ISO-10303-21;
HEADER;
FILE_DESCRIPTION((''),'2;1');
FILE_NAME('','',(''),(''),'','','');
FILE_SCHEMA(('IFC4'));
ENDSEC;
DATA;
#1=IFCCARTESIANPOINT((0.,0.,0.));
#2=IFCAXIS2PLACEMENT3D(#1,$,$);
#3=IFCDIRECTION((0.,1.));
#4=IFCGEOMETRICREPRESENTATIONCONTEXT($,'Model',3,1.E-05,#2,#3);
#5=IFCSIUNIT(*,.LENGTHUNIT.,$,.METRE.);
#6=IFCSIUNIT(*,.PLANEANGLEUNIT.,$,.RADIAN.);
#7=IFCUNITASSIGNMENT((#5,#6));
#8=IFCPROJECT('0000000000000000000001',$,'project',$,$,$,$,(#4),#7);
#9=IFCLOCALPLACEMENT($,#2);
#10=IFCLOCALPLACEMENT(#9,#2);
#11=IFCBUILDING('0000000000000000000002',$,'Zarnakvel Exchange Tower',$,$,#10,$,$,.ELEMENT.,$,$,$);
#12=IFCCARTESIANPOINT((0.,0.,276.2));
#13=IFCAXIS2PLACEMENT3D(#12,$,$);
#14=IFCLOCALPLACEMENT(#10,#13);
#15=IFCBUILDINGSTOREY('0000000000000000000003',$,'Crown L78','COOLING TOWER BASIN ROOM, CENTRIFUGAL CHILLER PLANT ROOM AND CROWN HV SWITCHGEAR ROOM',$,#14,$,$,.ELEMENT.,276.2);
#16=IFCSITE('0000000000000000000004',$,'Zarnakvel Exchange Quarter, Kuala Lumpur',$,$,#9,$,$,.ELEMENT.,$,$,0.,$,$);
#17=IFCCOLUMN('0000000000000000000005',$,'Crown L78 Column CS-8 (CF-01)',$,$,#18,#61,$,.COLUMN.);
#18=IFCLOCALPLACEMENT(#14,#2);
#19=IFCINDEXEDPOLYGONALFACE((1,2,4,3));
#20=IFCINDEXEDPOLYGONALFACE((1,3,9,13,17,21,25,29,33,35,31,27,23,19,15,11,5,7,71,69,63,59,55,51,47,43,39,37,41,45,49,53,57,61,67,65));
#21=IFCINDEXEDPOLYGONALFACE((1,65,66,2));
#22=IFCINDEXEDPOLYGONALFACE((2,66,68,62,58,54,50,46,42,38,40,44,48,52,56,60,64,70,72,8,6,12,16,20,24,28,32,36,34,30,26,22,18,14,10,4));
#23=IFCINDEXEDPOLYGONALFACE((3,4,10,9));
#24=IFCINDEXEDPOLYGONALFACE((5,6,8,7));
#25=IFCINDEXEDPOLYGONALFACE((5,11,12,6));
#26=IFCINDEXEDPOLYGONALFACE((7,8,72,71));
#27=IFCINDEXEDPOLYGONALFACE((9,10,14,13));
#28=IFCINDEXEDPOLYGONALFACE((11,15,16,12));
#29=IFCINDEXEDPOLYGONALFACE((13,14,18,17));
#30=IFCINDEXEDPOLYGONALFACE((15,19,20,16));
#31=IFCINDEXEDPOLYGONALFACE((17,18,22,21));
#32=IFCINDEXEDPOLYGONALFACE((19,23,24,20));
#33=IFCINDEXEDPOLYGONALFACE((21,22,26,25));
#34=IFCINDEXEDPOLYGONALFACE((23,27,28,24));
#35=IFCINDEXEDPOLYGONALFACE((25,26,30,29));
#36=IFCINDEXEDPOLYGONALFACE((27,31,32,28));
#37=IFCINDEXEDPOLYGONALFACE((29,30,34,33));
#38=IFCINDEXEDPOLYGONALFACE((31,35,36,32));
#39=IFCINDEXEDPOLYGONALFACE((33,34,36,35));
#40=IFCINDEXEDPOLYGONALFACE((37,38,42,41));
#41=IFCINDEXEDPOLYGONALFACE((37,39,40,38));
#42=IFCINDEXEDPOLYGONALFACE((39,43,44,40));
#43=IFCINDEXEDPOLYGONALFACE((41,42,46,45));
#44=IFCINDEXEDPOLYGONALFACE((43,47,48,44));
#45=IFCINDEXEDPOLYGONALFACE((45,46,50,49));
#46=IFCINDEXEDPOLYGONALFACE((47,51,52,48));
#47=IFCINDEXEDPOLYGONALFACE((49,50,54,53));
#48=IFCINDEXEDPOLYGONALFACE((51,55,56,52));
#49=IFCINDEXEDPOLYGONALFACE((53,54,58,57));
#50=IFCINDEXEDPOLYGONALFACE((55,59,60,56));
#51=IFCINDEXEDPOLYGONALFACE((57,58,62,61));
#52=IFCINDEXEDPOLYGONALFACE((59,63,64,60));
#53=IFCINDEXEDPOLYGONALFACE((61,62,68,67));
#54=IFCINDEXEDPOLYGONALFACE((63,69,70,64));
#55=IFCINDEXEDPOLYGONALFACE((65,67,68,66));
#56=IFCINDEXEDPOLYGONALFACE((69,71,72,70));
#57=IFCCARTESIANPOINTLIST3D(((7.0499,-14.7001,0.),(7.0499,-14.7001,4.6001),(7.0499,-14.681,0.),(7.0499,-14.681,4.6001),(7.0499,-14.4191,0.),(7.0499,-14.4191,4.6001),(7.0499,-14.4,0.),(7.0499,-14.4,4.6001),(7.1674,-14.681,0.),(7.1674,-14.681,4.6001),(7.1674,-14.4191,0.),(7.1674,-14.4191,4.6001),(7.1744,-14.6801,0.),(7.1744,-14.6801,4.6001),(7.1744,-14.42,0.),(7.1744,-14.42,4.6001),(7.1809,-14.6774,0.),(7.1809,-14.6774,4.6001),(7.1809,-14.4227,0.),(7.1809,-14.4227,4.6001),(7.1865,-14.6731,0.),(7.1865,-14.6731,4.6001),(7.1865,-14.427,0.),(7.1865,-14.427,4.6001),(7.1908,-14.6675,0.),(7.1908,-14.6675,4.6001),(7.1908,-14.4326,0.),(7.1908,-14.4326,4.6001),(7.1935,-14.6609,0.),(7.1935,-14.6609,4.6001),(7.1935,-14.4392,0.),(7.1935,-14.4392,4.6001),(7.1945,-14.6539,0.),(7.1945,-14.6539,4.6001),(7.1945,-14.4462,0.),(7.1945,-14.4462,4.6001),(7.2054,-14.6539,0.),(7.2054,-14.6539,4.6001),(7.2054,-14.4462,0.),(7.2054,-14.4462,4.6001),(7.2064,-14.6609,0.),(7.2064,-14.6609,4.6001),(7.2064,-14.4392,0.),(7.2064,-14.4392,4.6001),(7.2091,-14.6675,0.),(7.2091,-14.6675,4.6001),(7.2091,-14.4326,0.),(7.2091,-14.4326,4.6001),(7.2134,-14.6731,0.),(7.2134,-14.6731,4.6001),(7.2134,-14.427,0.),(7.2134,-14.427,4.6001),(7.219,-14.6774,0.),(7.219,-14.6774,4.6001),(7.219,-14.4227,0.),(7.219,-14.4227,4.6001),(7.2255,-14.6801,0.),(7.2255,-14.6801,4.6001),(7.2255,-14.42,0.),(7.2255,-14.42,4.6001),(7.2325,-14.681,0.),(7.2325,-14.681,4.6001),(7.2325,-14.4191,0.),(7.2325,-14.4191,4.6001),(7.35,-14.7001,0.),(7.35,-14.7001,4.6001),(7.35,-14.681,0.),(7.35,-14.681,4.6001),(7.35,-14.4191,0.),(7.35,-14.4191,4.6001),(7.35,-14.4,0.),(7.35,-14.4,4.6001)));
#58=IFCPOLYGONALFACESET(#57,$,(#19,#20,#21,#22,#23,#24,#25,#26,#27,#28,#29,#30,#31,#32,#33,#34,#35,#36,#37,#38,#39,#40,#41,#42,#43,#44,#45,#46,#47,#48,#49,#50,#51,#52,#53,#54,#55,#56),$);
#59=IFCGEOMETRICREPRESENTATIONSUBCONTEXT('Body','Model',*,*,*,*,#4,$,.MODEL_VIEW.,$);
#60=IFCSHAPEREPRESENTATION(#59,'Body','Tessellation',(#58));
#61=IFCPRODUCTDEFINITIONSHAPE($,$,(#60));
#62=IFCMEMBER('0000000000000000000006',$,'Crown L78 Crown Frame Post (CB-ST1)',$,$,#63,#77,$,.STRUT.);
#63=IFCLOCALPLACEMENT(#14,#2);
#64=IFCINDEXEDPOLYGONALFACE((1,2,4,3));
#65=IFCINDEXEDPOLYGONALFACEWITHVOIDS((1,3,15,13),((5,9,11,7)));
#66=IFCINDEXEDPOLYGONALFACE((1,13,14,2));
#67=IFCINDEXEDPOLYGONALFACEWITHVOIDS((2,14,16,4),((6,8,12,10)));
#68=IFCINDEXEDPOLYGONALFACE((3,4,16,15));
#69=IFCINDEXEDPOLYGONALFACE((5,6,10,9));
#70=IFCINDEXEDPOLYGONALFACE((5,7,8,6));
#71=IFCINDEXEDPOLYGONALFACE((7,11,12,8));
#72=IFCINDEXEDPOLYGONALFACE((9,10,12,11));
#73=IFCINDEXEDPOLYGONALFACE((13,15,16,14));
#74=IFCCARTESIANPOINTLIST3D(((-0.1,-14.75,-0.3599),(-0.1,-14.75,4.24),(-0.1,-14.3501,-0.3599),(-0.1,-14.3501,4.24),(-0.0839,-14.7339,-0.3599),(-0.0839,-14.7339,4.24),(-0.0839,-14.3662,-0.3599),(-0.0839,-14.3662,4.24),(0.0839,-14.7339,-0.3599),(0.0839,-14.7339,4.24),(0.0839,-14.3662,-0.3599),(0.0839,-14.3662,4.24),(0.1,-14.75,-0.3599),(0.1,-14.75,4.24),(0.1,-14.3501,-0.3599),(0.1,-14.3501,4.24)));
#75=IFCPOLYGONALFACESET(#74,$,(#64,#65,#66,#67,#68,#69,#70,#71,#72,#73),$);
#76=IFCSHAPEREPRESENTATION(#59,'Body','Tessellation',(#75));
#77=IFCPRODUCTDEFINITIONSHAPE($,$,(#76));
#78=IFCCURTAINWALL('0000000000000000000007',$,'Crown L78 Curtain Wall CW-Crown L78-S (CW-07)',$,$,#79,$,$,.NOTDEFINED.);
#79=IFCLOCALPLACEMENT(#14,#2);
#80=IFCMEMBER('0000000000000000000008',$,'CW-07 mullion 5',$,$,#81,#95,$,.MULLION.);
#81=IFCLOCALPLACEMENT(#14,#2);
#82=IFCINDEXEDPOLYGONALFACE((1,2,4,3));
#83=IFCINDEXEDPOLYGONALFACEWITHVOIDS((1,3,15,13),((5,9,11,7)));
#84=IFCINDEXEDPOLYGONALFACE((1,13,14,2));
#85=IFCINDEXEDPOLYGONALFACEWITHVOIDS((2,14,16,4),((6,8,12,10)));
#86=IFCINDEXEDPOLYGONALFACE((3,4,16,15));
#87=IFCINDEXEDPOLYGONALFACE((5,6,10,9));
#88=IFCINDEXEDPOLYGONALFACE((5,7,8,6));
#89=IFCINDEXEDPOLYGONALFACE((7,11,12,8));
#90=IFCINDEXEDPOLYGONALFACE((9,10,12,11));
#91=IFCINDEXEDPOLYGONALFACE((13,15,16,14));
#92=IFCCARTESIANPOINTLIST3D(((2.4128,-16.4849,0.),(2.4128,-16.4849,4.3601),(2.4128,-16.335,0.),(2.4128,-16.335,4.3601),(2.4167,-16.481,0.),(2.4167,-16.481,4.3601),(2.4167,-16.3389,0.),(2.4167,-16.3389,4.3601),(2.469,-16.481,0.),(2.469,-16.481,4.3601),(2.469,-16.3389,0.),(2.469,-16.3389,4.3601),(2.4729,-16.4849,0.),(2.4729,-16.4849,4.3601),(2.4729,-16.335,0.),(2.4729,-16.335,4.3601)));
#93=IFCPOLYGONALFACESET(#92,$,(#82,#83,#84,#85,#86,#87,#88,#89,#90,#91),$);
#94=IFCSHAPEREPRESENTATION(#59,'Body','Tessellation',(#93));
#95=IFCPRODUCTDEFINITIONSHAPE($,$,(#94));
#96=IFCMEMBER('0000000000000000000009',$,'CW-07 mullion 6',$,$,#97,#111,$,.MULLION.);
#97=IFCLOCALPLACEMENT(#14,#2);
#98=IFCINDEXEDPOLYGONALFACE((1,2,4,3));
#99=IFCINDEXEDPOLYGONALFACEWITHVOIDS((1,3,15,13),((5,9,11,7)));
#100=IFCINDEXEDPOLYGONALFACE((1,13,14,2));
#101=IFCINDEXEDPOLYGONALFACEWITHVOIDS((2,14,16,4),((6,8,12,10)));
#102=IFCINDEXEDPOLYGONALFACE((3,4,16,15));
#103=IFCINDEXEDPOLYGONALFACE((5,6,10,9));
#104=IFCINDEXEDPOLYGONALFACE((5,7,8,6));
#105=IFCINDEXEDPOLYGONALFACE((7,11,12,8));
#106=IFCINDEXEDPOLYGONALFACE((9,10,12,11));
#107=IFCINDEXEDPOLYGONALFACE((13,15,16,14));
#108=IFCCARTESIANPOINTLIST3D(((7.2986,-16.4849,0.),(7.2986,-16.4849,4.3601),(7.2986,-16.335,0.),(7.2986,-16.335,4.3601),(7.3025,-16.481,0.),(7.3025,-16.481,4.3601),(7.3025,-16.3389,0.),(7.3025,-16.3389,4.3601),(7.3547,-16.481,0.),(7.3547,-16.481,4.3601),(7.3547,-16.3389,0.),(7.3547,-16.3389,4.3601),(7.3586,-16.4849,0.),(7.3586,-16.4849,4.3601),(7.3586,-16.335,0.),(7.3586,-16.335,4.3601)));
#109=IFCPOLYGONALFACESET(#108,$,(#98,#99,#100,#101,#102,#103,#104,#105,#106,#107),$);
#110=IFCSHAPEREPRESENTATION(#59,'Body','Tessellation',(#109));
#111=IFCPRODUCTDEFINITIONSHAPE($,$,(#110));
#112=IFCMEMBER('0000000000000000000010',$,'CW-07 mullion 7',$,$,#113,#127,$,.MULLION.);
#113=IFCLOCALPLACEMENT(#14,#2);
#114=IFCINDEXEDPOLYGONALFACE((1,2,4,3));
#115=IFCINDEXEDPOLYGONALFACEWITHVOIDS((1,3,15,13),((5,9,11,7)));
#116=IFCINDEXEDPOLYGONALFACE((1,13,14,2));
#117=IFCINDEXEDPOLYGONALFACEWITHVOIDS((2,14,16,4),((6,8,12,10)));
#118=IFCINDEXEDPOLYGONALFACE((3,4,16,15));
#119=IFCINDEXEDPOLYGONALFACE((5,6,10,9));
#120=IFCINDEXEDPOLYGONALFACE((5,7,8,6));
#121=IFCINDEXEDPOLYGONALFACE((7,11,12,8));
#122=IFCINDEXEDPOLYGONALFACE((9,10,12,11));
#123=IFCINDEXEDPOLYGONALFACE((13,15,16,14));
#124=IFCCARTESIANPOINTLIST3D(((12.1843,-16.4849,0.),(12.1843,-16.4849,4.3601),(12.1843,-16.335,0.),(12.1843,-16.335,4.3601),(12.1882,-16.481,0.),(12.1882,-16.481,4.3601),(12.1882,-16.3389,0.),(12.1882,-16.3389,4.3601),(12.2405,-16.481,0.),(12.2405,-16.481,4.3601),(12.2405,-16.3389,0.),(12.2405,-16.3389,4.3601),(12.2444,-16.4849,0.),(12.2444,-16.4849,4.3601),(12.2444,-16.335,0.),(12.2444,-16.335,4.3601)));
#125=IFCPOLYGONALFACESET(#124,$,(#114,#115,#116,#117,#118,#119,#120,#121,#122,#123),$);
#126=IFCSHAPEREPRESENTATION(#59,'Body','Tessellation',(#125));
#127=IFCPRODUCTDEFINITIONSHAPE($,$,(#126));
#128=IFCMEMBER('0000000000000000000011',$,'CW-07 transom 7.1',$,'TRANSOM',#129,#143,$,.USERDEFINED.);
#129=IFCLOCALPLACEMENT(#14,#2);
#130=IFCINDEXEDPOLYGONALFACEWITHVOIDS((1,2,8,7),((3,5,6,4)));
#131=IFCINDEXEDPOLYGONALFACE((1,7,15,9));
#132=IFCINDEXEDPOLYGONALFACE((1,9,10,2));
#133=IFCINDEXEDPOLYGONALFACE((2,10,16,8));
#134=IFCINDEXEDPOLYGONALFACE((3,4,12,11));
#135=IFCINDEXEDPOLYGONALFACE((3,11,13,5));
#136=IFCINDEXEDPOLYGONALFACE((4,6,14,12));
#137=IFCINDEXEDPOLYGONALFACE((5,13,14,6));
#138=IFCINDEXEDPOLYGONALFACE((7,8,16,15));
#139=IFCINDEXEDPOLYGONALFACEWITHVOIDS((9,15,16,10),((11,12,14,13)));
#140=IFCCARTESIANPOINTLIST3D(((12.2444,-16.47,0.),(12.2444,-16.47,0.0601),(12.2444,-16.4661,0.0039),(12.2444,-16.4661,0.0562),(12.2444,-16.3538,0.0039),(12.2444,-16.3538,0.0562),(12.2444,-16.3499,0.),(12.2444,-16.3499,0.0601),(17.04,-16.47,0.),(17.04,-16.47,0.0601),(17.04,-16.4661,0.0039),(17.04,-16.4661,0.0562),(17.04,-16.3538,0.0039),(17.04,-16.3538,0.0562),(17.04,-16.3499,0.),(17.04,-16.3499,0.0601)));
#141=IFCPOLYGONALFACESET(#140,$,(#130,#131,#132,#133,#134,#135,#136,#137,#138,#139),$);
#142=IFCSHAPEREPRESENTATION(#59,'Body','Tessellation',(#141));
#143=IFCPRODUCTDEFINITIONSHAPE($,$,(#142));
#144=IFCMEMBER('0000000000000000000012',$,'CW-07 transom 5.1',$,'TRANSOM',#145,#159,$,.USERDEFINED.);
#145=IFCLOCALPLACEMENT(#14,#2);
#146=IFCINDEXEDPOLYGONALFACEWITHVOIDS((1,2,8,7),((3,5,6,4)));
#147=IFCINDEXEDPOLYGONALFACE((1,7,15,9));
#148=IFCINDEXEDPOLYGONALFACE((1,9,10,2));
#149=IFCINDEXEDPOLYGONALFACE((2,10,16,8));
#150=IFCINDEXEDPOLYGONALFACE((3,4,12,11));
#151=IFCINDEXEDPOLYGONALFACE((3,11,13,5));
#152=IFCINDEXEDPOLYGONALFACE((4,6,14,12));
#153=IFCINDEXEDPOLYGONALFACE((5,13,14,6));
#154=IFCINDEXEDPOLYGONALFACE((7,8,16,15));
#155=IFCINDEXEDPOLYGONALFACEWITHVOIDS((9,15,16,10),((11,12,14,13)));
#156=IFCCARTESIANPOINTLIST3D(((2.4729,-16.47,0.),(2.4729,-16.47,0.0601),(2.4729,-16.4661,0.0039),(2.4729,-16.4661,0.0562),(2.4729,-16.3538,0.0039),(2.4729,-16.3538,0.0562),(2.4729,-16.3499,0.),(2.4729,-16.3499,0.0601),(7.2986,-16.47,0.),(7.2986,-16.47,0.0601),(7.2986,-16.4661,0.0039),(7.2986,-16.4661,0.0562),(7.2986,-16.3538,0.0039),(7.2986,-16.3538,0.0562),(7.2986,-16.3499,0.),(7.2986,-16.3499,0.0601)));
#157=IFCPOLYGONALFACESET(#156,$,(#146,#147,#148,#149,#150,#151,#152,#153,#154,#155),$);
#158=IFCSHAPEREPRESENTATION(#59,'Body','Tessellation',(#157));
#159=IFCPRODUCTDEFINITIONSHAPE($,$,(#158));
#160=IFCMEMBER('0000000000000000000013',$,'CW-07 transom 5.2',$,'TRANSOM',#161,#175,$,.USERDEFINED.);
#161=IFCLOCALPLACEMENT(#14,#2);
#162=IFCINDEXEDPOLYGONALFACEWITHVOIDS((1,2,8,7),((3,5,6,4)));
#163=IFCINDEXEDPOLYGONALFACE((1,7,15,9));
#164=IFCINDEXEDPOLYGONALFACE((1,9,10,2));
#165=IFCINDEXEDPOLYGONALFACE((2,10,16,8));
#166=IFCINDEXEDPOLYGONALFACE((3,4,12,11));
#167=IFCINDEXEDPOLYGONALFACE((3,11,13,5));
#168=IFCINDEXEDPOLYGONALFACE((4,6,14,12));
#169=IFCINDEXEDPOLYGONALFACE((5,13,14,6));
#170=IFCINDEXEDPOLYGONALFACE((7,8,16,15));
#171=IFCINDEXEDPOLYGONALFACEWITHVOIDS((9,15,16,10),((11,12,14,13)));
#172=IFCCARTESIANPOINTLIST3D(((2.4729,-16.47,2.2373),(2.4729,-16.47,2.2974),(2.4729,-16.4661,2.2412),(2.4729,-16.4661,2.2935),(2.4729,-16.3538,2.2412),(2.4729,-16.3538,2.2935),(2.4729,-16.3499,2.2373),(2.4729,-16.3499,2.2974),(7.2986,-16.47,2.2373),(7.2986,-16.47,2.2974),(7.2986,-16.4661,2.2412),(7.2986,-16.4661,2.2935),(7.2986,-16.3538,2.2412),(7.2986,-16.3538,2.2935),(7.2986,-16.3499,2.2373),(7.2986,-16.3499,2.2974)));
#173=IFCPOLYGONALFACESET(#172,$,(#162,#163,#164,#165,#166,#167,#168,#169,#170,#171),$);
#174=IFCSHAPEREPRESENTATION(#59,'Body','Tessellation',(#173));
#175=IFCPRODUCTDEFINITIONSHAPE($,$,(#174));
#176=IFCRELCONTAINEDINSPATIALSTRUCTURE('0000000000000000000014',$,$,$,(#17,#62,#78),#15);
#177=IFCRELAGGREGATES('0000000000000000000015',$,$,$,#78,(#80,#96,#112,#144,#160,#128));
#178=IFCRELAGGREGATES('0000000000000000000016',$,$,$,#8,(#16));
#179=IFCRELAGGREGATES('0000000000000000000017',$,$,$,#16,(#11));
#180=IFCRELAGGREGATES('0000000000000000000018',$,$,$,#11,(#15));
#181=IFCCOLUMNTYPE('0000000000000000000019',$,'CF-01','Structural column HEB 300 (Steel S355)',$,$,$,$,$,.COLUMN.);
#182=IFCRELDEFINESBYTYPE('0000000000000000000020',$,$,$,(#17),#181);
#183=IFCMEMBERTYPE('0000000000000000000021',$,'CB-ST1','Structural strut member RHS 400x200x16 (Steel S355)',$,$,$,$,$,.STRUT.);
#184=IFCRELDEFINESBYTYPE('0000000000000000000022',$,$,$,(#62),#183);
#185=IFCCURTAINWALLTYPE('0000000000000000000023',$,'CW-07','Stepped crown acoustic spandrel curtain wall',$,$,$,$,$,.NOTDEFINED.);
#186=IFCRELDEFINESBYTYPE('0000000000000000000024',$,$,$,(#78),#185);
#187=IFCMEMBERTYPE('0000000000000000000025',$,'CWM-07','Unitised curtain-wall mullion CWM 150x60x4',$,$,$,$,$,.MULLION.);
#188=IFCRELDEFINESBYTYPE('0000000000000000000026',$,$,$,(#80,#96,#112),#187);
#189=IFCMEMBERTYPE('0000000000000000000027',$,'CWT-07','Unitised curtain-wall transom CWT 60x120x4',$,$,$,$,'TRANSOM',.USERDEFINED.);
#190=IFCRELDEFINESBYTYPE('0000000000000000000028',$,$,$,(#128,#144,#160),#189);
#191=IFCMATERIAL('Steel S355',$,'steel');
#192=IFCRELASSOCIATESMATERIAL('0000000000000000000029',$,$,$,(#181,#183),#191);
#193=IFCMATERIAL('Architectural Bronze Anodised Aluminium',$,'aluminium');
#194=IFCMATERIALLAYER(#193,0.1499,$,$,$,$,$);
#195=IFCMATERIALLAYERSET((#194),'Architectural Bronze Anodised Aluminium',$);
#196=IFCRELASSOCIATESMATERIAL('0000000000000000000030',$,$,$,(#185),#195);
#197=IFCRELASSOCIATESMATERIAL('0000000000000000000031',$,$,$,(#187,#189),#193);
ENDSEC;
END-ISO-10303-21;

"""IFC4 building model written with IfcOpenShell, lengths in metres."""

from ifc_helpers import new_model, si_unit, direction, frame, origin, origin_2d, place, context, subcontext, project, spatial, hollow_rectangle, i_section, extrude, source, transform, mapped, material, layer, layer_set, material_profile, profile_set, type_object, element, aggregate, save


model = new_model("IFC4")

# Units and contexts
model_context = context("Model", 3, precision=1e-05, world=origin(), true_north=direction((0.0, 1.0)))
body_context = subcontext(model_context, "Body", "Model", "MODEL_VIEW")
ifc_project = project(units=[si_unit("LENGTHUNIT", "METRE"), si_unit("PLANEANGLEUNIT", "RADIAN")], contexts=[model_context])

# Site, building, storey
site_placement = place(None, origin())
site = spatial("IfcSite", under=ifc_project, at=site_placement, Name="Zarnakvel Exchange Quarter, Kuala Lumpur", CompositionType="ELEMENT", RefElevation=0.0)
building_placement = place(site_placement, origin())
building = spatial("IfcBuilding", under=site, at=building_placement, Name="Zarnakvel Exchange Tower", CompositionType="ELEMENT")
storey_placement = place(building_placement, frame((0.0, 0.0, 276.2)))
storey = spatial("IfcBuildingStorey", under=building, at=storey_placement, Name="Crown L78", Description="COOLING TOWER BASIN ROOM, CENTRIFUGAL CHILLER PLANT ROOM AND CROWN HV SWITCHGEAR ROOM", CompositionType="ELEMENT", Elevation=276.2)

# Column
ifc_material_1 = material(Name="Steel S355", Category="steel")
ifc_material_profile_1 = material_profile(ifc_material_1, i_section(OverallWidth=0.3, OverallDepth=0.3, WebThickness=0.011, FlangeThickness=0.019, FilletRadius=0.0271, at=origin_2d()))
ifc_profile_set_1 = profile_set([ifc_material_profile_1], Name="Steel S355")
column_type = type_object("IfcColumnType", Name="CF-01", Description="Structural column HEB 300 (Steel S355)", PredefinedType="COLUMN", material=ifc_profile_set_1)
column_placement = place(storey_placement, frame((7.2, -14.55, 0.0), z_axis=(0.0, 0.0, 1.0), x_axis=(1.0, 0.0, 0.0)))
element("IfcColumn", 1, at=column_placement, inside=storey, type_object=column_type, Name="Crown L78 Column CS-8 (CF-01)", PredefinedType="COLUMN", context=body_context, shape_type="SweptSolid", body=[
    extrude(i_section(OverallWidth=0.3, OverallDepth=0.3, WebThickness=0.011, FlangeThickness=0.019, FilletRadius=0.0271, at=origin_2d()), origin(), (0.0, 0.0, 1.0), 4.6001),
])

# Member
ifc_material_profile_2 = material_profile(ifc_material_1, hollow_rectangle(XDim=0.2, YDim=0.3999, WallThickness=0.0161, at=origin_2d()))
ifc_profile_set_2 = profile_set([ifc_material_profile_2], Name="Steel S355")
member_type_1 = type_object("IfcMemberType", Name="CB-ST1", Description="Structural strut member RHS 400x200x16 (Steel S355)", PredefinedType="STRUT", material=ifc_profile_set_2)
shared_shape_1 = source(origin(), body_context, "Body", "SweptSolid", [
    extrude(hollow_rectangle(XDim=0.2, YDim=0.3999, WallThickness=0.0161, at=origin_2d()), origin(), (0.0, 0.0, 1.0), 4.5999),
])
member_1_placement = place(storey_placement, frame((0.0, -14.55, -0.3599), z_axis=(0.0, 0.0, 1.0), x_axis=(1.0, 0.0, 0.0)))
element("IfcMember", 2, at=member_1_placement, inside=storey, type_object=member_type_1, Name="Crown L78 Crown Frame Post (CB-ST1)", PredefinedType="STRUT", context=body_context, shape_type="MappedRepresentation", body=[
    mapped(shared_shape_1, transform((0.0, 0.0, 0.0), x_axis=(1.0, 0.0, 0.0), y_axis=(0.0, 1.0, 0.0), z_axis=(0.0, 0.0, 1.0), scale=1.0)),
])

# Curtain wall, members
ifc_material_2 = material(Name="Architectural Bronze Anodised Aluminium", Category="aluminium")
ifc_layer_1 = layer(ifc_material_2, 0.1499)
ifc_layer_set_1 = layer_set([ifc_layer_1], Name="Architectural Bronze Anodised Aluminium")
curtain_wall_type = type_object("IfcCurtainWallType", Name="CW-07", Description="Stepped crown acoustic spandrel curtain wall", PredefinedType="NOTDEFINED", material=ifc_layer_set_1)
curtain_wall_placement = place(storey_placement, origin())
curtain_wall = element("IfcCurtainWall", 3, at=curtain_wall_placement, inside=storey, type_object=curtain_wall_type, Name="Crown L78 Curtain Wall CW-Crown L78-S (CW-07)", PredefinedType="NOTDEFINED")
ifc_material_profile_3 = material_profile(ifc_material_2, hollow_rectangle(XDim=0.1499, YDim=0.0601, WallThickness=0.0039, at=origin_2d()))
ifc_profile_set_3 = profile_set([ifc_material_profile_3], Name="Architectural Bronze Anodised Aluminium")
member_type_2 = type_object("IfcMemberType", Name="CWM-07", Description="Unitised curtain-wall mullion CWM 150x60x4", PredefinedType="MULLION", material=ifc_profile_set_3)
shared_shape_2 = source(origin(), body_context, "Body", "SweptSolid", [
    extrude(hollow_rectangle(XDim=0.1499, YDim=0.0601, WallThickness=0.0039, at=origin_2d()), origin(), (0.0, 0.0, 1.0), 4.3601),
])
member_2_placement = place(storey_placement, frame((2.4429, -16.4099, 0.0), z_axis=(0.0, 0.0, 1.0), x_axis=(0.0, 1.0, 0.0)))
member_2 = element("IfcMember", 4, at=member_2_placement, type_object=member_type_2, Name="CW-07 mullion 5", PredefinedType="MULLION", context=body_context, shape_type="MappedRepresentation", body=[
    mapped(shared_shape_2, transform((0.0, 0.0, 0.0), x_axis=(1.0, 0.0, 0.0), y_axis=(0.0, 1.0, 0.0), z_axis=(0.0, 0.0, 1.0), scale=1.0)),
])
member_3_placement = place(storey_placement, frame((7.3286, -16.4099, 0.0), z_axis=(0.0, 0.0, 1.0), x_axis=(0.0, 1.0, 0.0)))
member_3 = element("IfcMember", 5, at=member_3_placement, type_object=member_type_2, Name="CW-07 mullion 6", PredefinedType="MULLION", context=body_context, shape_type="MappedRepresentation", body=[
    mapped(shared_shape_2, transform((0.0, 0.0, 0.0), x_axis=(1.0, 0.0, 0.0), y_axis=(0.0, 1.0, 0.0), z_axis=(0.0, 0.0, 1.0), scale=1.0)),
])
member_4_placement = place(storey_placement, frame((12.2144, -16.4099, 0.0), z_axis=(0.0, 0.0, 1.0), x_axis=(0.0, 1.0, 0.0)))
member_4 = element("IfcMember", 6, at=member_4_placement, type_object=member_type_2, Name="CW-07 mullion 7", PredefinedType="MULLION", context=body_context, shape_type="MappedRepresentation", body=[
    mapped(shared_shape_2, transform((0.0, 0.0, 0.0), x_axis=(1.0, 0.0, 0.0), y_axis=(0.0, 1.0, 0.0), z_axis=(0.0, 0.0, 1.0), scale=1.0)),
])
ifc_material_profile_4 = material_profile(ifc_material_2, hollow_rectangle(XDim=0.1201, YDim=0.0601, WallThickness=0.0039, at=origin_2d()))
ifc_profile_set_4 = profile_set([ifc_material_profile_4], Name="Architectural Bronze Anodised Aluminium")
member_type_3 = type_object("IfcMemberType", Name="CWT-07", Description="Unitised curtain-wall transom CWT 60x120x4", ElementType="TRANSOM", PredefinedType="USERDEFINED", material=ifc_profile_set_4)
shared_shape_3 = source(origin(), body_context, "Body", "SweptSolid", [
    extrude(hollow_rectangle(XDim=0.1201, YDim=0.0601, WallThickness=0.0039, at=origin_2d()), origin(), (0.0, 0.0, 1.0), 4.7957),
])
member_5_placement = place(storey_placement, frame((12.2444, -16.4099, 0.03), z_axis=(1.0, 0.0, 0.0), x_axis=(0.0, 1.0, 0.0)))
member_5 = element("IfcMember", 7, at=member_5_placement, type_object=member_type_3, Name="CW-07 transom 7.1", ObjectType="TRANSOM", PredefinedType="USERDEFINED", context=body_context, shape_type="MappedRepresentation", body=[
    mapped(shared_shape_3, transform((0.0, 0.0, 0.0), x_axis=(1.0, 0.0, 0.0), y_axis=(0.0, 1.0, 0.0), z_axis=(0.0, 0.0, 1.0), scale=1.0)),
])
shared_shape_4 = source(origin(), body_context, "Body", "SweptSolid", [
    extrude(hollow_rectangle(XDim=0.1201, YDim=0.0601, WallThickness=0.0039, at=origin_2d()), origin(), (0.0, 0.0, 1.0), 4.8257),
])
member_6_placement = place(storey_placement, frame((2.4729, -16.4099, 0.03), z_axis=(1.0, 0.0, 0.0), x_axis=(0.0, 1.0, 0.0)))
member_6 = element("IfcMember", 8, at=member_6_placement, type_object=member_type_3, Name="CW-07 transom 5.1", ObjectType="TRANSOM", PredefinedType="USERDEFINED", context=body_context, shape_type="MappedRepresentation", body=[
    mapped(shared_shape_4, transform((0.0, 0.0, 0.0), x_axis=(1.0, 0.0, 0.0), y_axis=(0.0, 1.0, 0.0), z_axis=(0.0, 0.0, 1.0), scale=1.0)),
])
member_7_placement = place(storey_placement, frame((2.4729, -16.4099, 2.2673), z_axis=(1.0, 0.0, 0.0), x_axis=(0.0, 1.0, 0.0)))
member_7 = element("IfcMember", 9, at=member_7_placement, type_object=member_type_3, Name="CW-07 transom 5.2", ObjectType="TRANSOM", PredefinedType="USERDEFINED", context=body_context, shape_type="MappedRepresentation", body=[
    mapped(shared_shape_4, transform((0.0, 0.0, 0.0), x_axis=(1.0, 0.0, 0.0), y_axis=(0.0, 1.0, 0.0), z_axis=(0.0, 0.0, 1.0), scale=1.0)),
])

aggregate(curtain_wall, [member_2, member_3, member_4, member_6, member_7, member_5])

save(model, "model.ifc")
